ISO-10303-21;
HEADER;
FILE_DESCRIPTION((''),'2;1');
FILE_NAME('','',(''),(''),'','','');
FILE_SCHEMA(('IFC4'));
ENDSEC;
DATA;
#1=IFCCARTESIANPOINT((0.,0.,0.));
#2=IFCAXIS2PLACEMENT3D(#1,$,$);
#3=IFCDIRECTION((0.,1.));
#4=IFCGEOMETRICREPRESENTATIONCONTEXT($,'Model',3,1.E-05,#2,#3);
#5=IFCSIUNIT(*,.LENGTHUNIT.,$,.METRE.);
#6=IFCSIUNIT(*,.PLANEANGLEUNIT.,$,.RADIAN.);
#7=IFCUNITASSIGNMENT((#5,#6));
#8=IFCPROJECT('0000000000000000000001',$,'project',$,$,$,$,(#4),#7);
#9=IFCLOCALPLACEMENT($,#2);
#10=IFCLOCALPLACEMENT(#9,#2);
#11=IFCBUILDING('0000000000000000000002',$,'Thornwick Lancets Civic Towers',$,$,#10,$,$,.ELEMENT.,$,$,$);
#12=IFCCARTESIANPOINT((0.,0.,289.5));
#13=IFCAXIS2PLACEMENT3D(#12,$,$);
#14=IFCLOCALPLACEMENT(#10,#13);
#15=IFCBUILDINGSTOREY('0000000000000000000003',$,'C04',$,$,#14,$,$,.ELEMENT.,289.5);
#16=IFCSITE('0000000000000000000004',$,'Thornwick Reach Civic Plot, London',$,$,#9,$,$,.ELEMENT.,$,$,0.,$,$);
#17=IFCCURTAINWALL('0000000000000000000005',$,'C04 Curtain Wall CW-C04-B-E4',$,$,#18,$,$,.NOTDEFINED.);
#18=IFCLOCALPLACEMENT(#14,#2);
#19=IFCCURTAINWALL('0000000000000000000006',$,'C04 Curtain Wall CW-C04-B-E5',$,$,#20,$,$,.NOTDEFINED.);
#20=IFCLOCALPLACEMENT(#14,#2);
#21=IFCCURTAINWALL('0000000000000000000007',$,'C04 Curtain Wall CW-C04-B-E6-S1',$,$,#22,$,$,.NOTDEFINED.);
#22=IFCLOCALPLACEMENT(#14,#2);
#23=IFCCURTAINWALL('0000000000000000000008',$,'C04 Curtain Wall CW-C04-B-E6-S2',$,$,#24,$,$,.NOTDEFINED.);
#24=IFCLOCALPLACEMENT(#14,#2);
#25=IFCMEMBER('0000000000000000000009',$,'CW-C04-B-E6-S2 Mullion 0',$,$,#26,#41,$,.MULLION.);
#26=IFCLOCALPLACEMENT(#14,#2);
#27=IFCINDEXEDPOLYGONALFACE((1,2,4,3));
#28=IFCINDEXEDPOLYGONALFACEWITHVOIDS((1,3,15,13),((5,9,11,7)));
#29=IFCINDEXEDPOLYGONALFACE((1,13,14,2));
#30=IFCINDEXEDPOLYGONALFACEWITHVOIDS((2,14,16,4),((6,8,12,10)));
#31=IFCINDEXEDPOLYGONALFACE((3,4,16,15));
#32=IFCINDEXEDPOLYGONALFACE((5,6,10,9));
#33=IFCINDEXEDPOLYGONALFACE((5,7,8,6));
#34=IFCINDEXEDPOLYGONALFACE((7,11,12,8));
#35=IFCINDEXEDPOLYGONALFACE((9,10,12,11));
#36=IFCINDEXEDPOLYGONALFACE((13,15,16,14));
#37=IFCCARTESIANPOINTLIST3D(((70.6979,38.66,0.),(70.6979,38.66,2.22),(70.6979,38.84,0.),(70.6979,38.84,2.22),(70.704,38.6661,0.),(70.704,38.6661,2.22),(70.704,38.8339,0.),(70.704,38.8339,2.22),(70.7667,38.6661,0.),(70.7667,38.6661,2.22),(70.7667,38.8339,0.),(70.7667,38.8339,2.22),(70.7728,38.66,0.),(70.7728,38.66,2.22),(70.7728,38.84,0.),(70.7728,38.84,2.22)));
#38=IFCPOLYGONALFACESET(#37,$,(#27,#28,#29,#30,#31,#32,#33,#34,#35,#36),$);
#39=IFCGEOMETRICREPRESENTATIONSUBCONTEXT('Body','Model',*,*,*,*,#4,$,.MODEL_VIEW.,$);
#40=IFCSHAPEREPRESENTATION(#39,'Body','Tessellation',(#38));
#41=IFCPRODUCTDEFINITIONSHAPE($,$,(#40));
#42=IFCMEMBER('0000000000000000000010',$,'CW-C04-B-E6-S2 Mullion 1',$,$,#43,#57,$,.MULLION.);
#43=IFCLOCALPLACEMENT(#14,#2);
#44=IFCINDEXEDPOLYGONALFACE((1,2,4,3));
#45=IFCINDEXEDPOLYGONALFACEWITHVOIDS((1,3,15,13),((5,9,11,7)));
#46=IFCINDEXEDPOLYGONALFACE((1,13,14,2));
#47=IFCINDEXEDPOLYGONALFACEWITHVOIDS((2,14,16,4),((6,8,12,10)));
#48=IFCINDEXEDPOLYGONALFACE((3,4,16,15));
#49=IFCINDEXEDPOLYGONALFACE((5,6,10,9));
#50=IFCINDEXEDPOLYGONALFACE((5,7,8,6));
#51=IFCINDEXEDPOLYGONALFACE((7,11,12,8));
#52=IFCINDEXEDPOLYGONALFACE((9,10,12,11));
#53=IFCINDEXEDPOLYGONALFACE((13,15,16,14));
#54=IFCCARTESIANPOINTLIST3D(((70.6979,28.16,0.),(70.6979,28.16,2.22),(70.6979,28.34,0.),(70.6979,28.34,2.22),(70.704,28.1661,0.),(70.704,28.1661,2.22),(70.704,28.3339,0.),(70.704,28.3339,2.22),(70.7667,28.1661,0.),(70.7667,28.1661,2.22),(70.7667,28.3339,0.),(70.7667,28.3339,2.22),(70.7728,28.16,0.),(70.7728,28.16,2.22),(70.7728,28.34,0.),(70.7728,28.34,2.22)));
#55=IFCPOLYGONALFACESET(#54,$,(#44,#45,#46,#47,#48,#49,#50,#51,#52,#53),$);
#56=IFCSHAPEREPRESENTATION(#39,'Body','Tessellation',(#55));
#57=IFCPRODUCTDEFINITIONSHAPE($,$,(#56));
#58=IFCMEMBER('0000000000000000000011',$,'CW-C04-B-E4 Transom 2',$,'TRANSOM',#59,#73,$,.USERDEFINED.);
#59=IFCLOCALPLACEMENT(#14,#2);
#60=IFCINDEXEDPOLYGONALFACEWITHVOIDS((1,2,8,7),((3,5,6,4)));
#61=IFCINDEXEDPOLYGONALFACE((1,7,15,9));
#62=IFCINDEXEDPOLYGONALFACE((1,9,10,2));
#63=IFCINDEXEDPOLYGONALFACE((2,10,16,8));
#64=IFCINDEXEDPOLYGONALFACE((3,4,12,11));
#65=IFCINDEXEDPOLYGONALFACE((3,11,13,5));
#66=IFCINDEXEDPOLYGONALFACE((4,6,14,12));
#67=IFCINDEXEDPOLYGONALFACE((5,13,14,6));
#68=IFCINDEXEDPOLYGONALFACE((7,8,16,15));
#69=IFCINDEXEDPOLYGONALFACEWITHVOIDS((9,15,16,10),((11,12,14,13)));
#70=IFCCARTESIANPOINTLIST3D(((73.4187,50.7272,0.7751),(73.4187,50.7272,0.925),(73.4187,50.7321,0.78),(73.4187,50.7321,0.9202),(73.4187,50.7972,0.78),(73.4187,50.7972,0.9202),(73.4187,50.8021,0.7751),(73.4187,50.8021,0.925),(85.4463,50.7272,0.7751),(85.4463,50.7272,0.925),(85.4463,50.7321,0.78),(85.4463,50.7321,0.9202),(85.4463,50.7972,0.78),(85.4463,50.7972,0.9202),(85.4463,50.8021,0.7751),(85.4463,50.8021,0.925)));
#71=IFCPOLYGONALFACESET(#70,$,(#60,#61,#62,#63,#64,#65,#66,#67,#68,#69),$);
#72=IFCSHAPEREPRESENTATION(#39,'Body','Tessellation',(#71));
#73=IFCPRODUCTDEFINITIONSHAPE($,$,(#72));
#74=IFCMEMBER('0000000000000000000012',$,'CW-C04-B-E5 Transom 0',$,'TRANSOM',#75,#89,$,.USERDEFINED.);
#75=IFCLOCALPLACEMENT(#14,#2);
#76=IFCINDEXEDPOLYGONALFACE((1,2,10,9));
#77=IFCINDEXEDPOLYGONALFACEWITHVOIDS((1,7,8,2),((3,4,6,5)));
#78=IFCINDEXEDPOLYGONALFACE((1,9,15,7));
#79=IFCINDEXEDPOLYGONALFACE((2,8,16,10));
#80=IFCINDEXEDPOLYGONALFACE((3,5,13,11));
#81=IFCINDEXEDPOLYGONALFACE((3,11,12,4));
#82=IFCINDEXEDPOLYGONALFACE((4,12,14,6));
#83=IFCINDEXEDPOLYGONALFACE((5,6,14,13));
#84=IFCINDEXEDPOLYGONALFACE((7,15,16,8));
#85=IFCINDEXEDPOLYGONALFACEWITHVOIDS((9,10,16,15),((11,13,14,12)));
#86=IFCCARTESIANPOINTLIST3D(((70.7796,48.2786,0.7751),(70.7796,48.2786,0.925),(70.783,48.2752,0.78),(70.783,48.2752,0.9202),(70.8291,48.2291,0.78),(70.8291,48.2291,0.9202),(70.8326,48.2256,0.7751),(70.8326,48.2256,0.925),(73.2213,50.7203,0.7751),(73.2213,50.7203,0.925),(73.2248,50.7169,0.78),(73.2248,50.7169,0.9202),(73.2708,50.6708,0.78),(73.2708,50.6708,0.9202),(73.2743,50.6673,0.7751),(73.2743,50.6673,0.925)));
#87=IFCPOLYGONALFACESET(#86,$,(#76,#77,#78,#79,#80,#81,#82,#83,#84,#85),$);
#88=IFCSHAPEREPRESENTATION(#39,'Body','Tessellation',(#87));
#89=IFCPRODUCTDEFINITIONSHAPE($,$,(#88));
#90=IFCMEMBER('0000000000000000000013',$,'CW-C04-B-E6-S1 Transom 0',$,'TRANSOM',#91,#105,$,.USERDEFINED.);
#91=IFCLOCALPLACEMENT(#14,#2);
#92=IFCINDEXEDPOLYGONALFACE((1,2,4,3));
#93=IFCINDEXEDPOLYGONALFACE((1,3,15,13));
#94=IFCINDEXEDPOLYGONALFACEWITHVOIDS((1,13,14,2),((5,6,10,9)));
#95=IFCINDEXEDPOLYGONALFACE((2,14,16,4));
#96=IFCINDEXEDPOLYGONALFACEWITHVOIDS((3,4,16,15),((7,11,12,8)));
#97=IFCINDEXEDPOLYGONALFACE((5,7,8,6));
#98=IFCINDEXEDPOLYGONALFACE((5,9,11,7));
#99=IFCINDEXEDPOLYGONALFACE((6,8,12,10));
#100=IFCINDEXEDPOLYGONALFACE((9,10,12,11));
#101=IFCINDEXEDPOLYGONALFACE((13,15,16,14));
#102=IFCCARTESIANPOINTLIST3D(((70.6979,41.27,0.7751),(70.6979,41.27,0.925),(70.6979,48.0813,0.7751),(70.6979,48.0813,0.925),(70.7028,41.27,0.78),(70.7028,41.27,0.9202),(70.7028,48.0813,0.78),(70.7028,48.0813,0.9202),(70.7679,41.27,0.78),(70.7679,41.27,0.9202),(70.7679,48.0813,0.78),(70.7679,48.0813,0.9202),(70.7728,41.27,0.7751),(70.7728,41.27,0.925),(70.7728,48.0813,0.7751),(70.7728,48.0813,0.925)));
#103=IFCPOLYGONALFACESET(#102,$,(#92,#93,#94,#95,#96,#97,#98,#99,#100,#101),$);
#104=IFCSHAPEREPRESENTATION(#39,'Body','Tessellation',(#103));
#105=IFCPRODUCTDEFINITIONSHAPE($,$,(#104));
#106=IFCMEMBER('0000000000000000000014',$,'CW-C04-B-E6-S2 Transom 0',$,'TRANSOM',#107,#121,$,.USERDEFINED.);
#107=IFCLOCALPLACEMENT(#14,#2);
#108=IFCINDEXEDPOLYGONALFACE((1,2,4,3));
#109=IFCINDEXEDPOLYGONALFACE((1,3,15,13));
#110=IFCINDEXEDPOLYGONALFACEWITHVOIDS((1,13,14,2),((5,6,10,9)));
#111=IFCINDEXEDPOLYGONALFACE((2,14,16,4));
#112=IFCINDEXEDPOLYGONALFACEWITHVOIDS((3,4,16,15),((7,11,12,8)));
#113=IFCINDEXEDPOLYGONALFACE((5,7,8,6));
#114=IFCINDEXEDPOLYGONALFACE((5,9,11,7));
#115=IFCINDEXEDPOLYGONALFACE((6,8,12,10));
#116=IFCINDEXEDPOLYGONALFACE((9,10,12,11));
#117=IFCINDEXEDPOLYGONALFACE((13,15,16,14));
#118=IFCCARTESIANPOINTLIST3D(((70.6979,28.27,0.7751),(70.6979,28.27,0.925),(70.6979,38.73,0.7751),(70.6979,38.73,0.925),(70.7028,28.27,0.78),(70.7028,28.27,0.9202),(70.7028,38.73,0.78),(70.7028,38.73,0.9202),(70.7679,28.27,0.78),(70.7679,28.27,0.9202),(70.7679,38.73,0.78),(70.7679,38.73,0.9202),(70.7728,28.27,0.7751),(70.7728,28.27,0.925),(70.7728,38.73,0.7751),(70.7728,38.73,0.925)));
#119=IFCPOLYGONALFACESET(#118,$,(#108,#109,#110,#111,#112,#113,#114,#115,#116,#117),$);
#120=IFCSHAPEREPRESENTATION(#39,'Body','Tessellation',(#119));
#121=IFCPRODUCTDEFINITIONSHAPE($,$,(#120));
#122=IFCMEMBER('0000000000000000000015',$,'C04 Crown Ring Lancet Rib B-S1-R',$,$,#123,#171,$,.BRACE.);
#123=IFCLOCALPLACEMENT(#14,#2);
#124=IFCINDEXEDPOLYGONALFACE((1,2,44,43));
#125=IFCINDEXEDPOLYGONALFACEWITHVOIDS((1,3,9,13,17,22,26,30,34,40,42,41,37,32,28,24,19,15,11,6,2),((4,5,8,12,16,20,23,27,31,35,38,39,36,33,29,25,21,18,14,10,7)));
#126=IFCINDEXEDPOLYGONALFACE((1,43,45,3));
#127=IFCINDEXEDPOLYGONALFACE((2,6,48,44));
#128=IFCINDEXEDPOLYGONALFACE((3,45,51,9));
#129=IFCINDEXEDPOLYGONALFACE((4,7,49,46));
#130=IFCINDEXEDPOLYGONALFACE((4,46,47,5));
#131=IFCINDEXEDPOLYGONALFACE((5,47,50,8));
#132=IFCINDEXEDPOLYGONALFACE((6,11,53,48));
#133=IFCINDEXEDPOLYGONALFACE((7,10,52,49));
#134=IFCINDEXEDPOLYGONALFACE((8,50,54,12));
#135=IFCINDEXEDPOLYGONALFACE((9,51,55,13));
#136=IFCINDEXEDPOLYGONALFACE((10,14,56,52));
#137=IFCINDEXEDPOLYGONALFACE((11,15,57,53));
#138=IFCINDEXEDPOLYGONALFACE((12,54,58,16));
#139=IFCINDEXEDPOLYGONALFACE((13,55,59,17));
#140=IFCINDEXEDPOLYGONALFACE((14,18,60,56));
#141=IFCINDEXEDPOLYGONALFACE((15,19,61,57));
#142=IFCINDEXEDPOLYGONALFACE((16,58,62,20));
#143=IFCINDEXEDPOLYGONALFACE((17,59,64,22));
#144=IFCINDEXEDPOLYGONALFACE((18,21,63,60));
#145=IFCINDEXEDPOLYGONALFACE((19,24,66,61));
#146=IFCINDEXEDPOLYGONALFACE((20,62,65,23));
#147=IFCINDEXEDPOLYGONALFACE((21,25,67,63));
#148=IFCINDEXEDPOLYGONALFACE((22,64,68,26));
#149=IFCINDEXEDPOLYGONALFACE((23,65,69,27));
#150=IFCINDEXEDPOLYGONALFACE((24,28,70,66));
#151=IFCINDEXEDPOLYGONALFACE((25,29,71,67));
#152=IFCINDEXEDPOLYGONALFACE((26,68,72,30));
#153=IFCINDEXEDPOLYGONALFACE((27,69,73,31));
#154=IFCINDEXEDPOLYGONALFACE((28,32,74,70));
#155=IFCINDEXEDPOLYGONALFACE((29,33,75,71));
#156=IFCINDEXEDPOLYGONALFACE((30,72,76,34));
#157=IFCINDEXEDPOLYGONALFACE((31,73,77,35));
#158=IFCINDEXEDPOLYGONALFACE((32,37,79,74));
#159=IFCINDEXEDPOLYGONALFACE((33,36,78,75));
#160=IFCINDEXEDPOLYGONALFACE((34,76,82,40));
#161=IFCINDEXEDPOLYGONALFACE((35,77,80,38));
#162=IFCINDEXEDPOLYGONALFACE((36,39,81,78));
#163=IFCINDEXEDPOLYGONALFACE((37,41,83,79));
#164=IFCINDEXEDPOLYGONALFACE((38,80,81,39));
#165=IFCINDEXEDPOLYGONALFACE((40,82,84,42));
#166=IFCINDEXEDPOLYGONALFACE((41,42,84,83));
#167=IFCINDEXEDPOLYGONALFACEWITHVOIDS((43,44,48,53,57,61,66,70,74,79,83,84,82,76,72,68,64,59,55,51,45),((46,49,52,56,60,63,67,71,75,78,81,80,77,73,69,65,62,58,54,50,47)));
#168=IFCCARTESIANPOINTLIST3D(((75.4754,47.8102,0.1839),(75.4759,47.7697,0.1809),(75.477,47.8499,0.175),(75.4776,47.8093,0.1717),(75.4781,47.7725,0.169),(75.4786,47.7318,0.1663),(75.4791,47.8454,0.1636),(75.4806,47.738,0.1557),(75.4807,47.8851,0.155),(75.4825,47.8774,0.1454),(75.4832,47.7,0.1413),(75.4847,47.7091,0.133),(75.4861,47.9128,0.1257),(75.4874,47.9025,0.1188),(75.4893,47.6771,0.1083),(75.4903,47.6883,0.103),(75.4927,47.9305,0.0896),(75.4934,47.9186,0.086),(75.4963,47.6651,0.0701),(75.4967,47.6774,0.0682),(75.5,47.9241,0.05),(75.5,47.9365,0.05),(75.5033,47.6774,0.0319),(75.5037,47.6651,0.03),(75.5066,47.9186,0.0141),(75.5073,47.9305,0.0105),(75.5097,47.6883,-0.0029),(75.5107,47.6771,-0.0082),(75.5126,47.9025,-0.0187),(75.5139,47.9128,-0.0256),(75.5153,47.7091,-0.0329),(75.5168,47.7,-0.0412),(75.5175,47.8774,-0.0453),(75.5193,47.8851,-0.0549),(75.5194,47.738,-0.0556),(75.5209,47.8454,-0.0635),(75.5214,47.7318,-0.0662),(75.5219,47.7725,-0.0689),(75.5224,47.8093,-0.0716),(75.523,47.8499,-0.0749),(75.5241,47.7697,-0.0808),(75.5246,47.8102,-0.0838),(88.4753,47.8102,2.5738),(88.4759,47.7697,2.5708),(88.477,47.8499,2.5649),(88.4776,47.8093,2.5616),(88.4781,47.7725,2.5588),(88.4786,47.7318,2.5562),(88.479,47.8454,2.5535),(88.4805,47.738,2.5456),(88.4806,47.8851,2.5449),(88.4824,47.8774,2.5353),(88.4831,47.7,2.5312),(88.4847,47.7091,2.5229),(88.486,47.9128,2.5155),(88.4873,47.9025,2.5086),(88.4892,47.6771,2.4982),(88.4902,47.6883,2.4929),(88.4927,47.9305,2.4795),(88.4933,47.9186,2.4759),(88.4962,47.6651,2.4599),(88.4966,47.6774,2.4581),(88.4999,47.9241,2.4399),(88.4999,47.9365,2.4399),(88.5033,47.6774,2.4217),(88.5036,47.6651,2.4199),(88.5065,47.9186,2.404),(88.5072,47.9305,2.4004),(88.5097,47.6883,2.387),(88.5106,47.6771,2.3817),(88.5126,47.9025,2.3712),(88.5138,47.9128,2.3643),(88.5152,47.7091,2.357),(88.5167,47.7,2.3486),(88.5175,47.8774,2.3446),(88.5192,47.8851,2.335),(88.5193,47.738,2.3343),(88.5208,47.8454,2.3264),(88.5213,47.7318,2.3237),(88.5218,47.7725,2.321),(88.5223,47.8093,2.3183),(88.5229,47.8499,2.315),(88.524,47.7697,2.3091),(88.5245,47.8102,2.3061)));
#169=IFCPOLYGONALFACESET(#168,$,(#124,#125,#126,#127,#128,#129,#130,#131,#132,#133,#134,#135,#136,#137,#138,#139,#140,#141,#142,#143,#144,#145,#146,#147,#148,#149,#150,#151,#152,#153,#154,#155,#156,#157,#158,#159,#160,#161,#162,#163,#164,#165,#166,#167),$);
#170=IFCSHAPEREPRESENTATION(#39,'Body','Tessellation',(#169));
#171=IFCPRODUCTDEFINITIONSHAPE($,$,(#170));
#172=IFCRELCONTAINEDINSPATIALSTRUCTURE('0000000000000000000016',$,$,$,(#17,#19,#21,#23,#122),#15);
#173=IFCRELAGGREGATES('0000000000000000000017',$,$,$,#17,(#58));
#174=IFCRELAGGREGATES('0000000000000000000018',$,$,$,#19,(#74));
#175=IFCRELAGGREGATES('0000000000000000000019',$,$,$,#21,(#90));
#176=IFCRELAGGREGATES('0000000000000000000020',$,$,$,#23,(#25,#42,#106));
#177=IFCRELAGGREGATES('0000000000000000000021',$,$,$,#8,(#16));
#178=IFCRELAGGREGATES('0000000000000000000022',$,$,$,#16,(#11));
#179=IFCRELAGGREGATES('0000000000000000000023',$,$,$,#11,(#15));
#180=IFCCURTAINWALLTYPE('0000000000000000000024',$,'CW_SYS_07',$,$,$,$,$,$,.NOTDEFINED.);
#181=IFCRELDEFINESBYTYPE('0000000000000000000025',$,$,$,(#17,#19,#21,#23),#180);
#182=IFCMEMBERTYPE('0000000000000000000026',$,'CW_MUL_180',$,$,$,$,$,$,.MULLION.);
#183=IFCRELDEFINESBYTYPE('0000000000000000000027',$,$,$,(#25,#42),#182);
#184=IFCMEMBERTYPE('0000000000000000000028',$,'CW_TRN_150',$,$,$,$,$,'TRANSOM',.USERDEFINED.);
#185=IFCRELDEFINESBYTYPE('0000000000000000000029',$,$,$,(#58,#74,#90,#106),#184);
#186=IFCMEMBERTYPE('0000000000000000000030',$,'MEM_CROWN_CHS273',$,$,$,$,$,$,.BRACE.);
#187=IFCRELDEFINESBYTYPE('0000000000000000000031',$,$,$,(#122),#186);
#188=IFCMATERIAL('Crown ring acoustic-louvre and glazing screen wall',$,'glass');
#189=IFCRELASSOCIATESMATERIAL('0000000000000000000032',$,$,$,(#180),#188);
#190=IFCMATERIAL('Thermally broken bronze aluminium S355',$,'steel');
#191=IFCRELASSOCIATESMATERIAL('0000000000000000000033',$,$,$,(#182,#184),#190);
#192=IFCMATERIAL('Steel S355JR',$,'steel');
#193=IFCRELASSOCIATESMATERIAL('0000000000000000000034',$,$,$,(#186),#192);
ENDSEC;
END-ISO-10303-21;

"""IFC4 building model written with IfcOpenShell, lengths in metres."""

from ifc_helpers import new_model, si_unit, direction, frame, origin, origin_2d, place, context, subcontext, project, spatial, hollow_rectangle, hollow_circle, extrude, material, material_profile, profile_set, type_object, element, aggregate, save


model = new_model("IFC4")

# Units and contexts
model_context = context("Model", 3, precision=1e-05, world=origin(), true_north=direction((0.0, 1.0)))
body_context = subcontext(model_context, "Body", "Model", "MODEL_VIEW")
ifc_project = project(units=[si_unit("LENGTHUNIT", "METRE"), si_unit("PLANEANGLEUNIT", "RADIAN")], contexts=[model_context])

# Site, building, storey
site_placement = place(None, origin())
site = spatial("IfcSite", under=ifc_project, at=site_placement, Name="Thornwick Reach Civic Plot, London", CompositionType="ELEMENT", RefElevation=0.0)
building_placement = place(site_placement, origin())
building = spatial("IfcBuilding", under=site, at=building_placement, Name="Thornwick Lancets Civic Towers", CompositionType="ELEMENT")
storey_placement = place(building_placement, frame((0.0, 0.0, 289.5)))
storey = spatial("IfcBuildingStorey", under=building, at=storey_placement, Name="C04", CompositionType="ELEMENT", Elevation=289.5)

# Shared definitions
ifc_material_1 = material(Name="Steel S355JR", Category="steel")

# Curtain walls, members
ifc_material_2 = material(Name="Crown ring acoustic-louvre and glazing screen wall", Category="glass")
curtain_wall_type = type_object("IfcCurtainWallType", Name="CW_SYS_07", PredefinedType="NOTDEFINED", material=ifc_material_2)
curtain_wall_1_placement = place(storey_placement, origin())
curtain_wall_1 = element("IfcCurtainWall", 1, at=curtain_wall_1_placement, inside=storey, type_object=curtain_wall_type, Name="C04 Curtain Wall CW-C04-B-E4", PredefinedType="NOTDEFINED")
ifc_material_3 = material(Name="Thermally broken bronze aluminium S355", Category="steel")
ifc_material_profile_1 = material_profile(ifc_material_3, hollow_rectangle(XDim=0.075, YDim=0.1799, WallThickness=0.0061, at=origin_2d()), Name="RHS 180x75x6")
ifc_profile_set_1 = profile_set([ifc_material_profile_1], Name="Thermally broken bronze aluminium S355")
member_type_1 = type_object("IfcMemberType", Name="CW_MUL_180", PredefinedType="MULLION", material=ifc_profile_set_1)
curtain_wall_2_placement = place(storey_placement, origin())
curtain_wall_2 = element("IfcCurtainWall", 2, at=curtain_wall_2_placement, inside=storey, type_object=curtain_wall_type, Name="C04 Curtain Wall CW-C04-B-E5", PredefinedType="NOTDEFINED")
curtain_wall_3_placement = place(storey_placement, origin())
curtain_wall_3 = element("IfcCurtainWall", 3, at=curtain_wall_3_placement, inside=storey, type_object=curtain_wall_type, Name="C04 Curtain Wall CW-C04-B-E6-S1", PredefinedType="NOTDEFINED")
curtain_wall_4_placement = place(storey_placement, origin())
curtain_wall_4 = element("IfcCurtainWall", 4, at=curtain_wall_4_placement, inside=storey, type_object=curtain_wall_type, Name="C04 Curtain Wall CW-C04-B-E6-S2", PredefinedType="NOTDEFINED")
member_1_placement = place(storey_placement, frame((70.7354, 38.75, 0.0), z_axis=(0.0, 0.0, 1.0), x_axis=(1.0, 0.0, 0.0)))
member_1 = element("IfcMember", 5, at=member_1_placement, type_object=member_type_1, Name="CW-C04-B-E6-S2 Mullion 0", PredefinedType="MULLION", context=body_context, shape_type="SweptSolid", body=[
    extrude(hollow_rectangle(XDim=0.075, YDim=0.1799, WallThickness=0.0061, at=origin_2d()), origin(), (0.0, 0.0, 1.0), 2.22),
])
member_2_placement = place(storey_placement, frame((70.7354, 28.25, 0.0), z_axis=(0.0, 0.0, 1.0), x_axis=(1.0, 0.0, 0.0)))
member_2 = element("IfcMember", 6, at=member_2_placement, type_object=member_type_1, Name="CW-C04-B-E6-S2 Mullion 1", PredefinedType="MULLION", context=body_context, shape_type="SweptSolid", body=[
    extrude(hollow_rectangle(XDim=0.075, YDim=0.1799, WallThickness=0.0061, at=origin_2d()), origin(), (0.0, 0.0, 1.0), 2.22),
])

# Members
ifc_material_profile_2 = material_profile(ifc_material_3, hollow_rectangle(XDim=0.075, YDim=0.1499, WallThickness=0.0049, at=origin_2d()), Name="RHS 150x75x5")
ifc_profile_set_2 = profile_set([ifc_material_profile_2], Name="Thermally broken bronze aluminium S355")
member_type_2 = type_object("IfcMemberType", Name="CW_TRN_150", ElementType="TRANSOM", PredefinedType="USERDEFINED", material=ifc_profile_set_2)
member_3_placement = place(storey_placement, frame((85.4463, 50.7646, 0.8501), z_axis=(-1.0, 0.0, 0.0), x_axis=(0.0, -1.0, 0.0)))
member_3 = element("IfcMember", 7, at=member_3_placement, type_object=member_type_2, Name="CW-C04-B-E4 Transom 2", ObjectType="TRANSOM", PredefinedType="USERDEFINED", context=body_context, shape_type="SweptSolid", body=[
    extrude(hollow_rectangle(XDim=0.075, YDim=0.1499, WallThickness=0.0049, at=origin_2d()), origin(), (0.0, 0.0, 1.0), 12.0276),
])
member_4_placement = place(storey_placement, frame((73.2478, 50.6938, 0.8501), z_axis=(-0.707107, -0.707107, 0.0), x_axis=(0.707107, -0.707107, 0.0)))
member_4 = element("IfcMember", 8, at=member_4_placement, type_object=member_type_2, Name="CW-C04-B-E5 Transom 0", ObjectType="TRANSOM", PredefinedType="USERDEFINED", context=body_context, shape_type="SweptSolid", body=[
    extrude(hollow_rectangle(XDim=0.075, YDim=0.1499, WallThickness=0.0049, at=origin_2d()), origin(), (0.0, 0.0, 1.0), 3.4531),
])
member_5_placement = place(storey_placement, frame((70.7354, 48.0813, 0.8501), z_axis=(0.0, -1.0, 0.0), x_axis=(1.0, 0.0, 0.0)))
member_5 = element("IfcMember", 9, at=member_5_placement, type_object=member_type_2, Name="CW-C04-B-E6-S1 Transom 0", ObjectType="TRANSOM", PredefinedType="USERDEFINED", context=body_context, shape_type="SweptSolid", body=[
    extrude(hollow_rectangle(XDim=0.075, YDim=0.1499, WallThickness=0.0049, at=origin_2d()), origin(), (0.0, 0.0, 1.0), 6.8113),
])
member_6_placement = place(storey_placement, frame((70.7354, 38.73, 0.8501), z_axis=(0.0, -1.0, 0.0), x_axis=(1.0, 0.0, 0.0)))
member_6 = element("IfcMember", 10, at=member_6_placement, type_object=member_type_2, Name="CW-C04-B-E6-S2 Transom 0", ObjectType="TRANSOM", PredefinedType="USERDEFINED", context=body_context, shape_type="SweptSolid", body=[
    extrude(hollow_rectangle(XDim=0.075, YDim=0.1499, WallThickness=0.0049, at=origin_2d()), origin(), (0.0, 0.0, 1.0), 10.46),
])

# Member
ifc_material_profile_3 = material_profile(ifc_material_1, hollow_circle(Radius=0.1365, WallThickness=0.0125, at=origin_2d()), Name="CHS 273x12.5")
ifc_profile_set_3 = profile_set([ifc_material_profile_3], Name="Steel S355JR")
member_type_3 = type_object("IfcMemberType", Name="MEM_CROWN_CHS273", PredefinedType="BRACE", material=ifc_profile_set_3)
for number, where, z_axis, x_axis, name in (
    (11, (75.5, 47.8, 0.05), (0.983518, 0.0, 0.180808), (0.0, 1.0, 0.0), "C04 Crown Ring Lancet Rib B-S1-R"),
):
    element("IfcMember", number, at=place(storey_placement, frame(where, z_axis=z_axis, x_axis=x_axis)), inside=storey, type_object=member_type_3, Name=name, PredefinedType="BRACE", context=body_context, shape_type="SweptSolid", body=[
        extrude(hollow_circle(Radius=0.1365, WallThickness=0.0125, at=origin_2d()), origin(), (0.0, 0.0, 1.0), 13.2178),
    ])

aggregate(curtain_wall_1, [member_3])
aggregate(curtain_wall_2, [member_4])
aggregate(curtain_wall_3, [member_5])
aggregate(curtain_wall_4, [member_1, member_2, member_6])

save(model, "model.ifc")
